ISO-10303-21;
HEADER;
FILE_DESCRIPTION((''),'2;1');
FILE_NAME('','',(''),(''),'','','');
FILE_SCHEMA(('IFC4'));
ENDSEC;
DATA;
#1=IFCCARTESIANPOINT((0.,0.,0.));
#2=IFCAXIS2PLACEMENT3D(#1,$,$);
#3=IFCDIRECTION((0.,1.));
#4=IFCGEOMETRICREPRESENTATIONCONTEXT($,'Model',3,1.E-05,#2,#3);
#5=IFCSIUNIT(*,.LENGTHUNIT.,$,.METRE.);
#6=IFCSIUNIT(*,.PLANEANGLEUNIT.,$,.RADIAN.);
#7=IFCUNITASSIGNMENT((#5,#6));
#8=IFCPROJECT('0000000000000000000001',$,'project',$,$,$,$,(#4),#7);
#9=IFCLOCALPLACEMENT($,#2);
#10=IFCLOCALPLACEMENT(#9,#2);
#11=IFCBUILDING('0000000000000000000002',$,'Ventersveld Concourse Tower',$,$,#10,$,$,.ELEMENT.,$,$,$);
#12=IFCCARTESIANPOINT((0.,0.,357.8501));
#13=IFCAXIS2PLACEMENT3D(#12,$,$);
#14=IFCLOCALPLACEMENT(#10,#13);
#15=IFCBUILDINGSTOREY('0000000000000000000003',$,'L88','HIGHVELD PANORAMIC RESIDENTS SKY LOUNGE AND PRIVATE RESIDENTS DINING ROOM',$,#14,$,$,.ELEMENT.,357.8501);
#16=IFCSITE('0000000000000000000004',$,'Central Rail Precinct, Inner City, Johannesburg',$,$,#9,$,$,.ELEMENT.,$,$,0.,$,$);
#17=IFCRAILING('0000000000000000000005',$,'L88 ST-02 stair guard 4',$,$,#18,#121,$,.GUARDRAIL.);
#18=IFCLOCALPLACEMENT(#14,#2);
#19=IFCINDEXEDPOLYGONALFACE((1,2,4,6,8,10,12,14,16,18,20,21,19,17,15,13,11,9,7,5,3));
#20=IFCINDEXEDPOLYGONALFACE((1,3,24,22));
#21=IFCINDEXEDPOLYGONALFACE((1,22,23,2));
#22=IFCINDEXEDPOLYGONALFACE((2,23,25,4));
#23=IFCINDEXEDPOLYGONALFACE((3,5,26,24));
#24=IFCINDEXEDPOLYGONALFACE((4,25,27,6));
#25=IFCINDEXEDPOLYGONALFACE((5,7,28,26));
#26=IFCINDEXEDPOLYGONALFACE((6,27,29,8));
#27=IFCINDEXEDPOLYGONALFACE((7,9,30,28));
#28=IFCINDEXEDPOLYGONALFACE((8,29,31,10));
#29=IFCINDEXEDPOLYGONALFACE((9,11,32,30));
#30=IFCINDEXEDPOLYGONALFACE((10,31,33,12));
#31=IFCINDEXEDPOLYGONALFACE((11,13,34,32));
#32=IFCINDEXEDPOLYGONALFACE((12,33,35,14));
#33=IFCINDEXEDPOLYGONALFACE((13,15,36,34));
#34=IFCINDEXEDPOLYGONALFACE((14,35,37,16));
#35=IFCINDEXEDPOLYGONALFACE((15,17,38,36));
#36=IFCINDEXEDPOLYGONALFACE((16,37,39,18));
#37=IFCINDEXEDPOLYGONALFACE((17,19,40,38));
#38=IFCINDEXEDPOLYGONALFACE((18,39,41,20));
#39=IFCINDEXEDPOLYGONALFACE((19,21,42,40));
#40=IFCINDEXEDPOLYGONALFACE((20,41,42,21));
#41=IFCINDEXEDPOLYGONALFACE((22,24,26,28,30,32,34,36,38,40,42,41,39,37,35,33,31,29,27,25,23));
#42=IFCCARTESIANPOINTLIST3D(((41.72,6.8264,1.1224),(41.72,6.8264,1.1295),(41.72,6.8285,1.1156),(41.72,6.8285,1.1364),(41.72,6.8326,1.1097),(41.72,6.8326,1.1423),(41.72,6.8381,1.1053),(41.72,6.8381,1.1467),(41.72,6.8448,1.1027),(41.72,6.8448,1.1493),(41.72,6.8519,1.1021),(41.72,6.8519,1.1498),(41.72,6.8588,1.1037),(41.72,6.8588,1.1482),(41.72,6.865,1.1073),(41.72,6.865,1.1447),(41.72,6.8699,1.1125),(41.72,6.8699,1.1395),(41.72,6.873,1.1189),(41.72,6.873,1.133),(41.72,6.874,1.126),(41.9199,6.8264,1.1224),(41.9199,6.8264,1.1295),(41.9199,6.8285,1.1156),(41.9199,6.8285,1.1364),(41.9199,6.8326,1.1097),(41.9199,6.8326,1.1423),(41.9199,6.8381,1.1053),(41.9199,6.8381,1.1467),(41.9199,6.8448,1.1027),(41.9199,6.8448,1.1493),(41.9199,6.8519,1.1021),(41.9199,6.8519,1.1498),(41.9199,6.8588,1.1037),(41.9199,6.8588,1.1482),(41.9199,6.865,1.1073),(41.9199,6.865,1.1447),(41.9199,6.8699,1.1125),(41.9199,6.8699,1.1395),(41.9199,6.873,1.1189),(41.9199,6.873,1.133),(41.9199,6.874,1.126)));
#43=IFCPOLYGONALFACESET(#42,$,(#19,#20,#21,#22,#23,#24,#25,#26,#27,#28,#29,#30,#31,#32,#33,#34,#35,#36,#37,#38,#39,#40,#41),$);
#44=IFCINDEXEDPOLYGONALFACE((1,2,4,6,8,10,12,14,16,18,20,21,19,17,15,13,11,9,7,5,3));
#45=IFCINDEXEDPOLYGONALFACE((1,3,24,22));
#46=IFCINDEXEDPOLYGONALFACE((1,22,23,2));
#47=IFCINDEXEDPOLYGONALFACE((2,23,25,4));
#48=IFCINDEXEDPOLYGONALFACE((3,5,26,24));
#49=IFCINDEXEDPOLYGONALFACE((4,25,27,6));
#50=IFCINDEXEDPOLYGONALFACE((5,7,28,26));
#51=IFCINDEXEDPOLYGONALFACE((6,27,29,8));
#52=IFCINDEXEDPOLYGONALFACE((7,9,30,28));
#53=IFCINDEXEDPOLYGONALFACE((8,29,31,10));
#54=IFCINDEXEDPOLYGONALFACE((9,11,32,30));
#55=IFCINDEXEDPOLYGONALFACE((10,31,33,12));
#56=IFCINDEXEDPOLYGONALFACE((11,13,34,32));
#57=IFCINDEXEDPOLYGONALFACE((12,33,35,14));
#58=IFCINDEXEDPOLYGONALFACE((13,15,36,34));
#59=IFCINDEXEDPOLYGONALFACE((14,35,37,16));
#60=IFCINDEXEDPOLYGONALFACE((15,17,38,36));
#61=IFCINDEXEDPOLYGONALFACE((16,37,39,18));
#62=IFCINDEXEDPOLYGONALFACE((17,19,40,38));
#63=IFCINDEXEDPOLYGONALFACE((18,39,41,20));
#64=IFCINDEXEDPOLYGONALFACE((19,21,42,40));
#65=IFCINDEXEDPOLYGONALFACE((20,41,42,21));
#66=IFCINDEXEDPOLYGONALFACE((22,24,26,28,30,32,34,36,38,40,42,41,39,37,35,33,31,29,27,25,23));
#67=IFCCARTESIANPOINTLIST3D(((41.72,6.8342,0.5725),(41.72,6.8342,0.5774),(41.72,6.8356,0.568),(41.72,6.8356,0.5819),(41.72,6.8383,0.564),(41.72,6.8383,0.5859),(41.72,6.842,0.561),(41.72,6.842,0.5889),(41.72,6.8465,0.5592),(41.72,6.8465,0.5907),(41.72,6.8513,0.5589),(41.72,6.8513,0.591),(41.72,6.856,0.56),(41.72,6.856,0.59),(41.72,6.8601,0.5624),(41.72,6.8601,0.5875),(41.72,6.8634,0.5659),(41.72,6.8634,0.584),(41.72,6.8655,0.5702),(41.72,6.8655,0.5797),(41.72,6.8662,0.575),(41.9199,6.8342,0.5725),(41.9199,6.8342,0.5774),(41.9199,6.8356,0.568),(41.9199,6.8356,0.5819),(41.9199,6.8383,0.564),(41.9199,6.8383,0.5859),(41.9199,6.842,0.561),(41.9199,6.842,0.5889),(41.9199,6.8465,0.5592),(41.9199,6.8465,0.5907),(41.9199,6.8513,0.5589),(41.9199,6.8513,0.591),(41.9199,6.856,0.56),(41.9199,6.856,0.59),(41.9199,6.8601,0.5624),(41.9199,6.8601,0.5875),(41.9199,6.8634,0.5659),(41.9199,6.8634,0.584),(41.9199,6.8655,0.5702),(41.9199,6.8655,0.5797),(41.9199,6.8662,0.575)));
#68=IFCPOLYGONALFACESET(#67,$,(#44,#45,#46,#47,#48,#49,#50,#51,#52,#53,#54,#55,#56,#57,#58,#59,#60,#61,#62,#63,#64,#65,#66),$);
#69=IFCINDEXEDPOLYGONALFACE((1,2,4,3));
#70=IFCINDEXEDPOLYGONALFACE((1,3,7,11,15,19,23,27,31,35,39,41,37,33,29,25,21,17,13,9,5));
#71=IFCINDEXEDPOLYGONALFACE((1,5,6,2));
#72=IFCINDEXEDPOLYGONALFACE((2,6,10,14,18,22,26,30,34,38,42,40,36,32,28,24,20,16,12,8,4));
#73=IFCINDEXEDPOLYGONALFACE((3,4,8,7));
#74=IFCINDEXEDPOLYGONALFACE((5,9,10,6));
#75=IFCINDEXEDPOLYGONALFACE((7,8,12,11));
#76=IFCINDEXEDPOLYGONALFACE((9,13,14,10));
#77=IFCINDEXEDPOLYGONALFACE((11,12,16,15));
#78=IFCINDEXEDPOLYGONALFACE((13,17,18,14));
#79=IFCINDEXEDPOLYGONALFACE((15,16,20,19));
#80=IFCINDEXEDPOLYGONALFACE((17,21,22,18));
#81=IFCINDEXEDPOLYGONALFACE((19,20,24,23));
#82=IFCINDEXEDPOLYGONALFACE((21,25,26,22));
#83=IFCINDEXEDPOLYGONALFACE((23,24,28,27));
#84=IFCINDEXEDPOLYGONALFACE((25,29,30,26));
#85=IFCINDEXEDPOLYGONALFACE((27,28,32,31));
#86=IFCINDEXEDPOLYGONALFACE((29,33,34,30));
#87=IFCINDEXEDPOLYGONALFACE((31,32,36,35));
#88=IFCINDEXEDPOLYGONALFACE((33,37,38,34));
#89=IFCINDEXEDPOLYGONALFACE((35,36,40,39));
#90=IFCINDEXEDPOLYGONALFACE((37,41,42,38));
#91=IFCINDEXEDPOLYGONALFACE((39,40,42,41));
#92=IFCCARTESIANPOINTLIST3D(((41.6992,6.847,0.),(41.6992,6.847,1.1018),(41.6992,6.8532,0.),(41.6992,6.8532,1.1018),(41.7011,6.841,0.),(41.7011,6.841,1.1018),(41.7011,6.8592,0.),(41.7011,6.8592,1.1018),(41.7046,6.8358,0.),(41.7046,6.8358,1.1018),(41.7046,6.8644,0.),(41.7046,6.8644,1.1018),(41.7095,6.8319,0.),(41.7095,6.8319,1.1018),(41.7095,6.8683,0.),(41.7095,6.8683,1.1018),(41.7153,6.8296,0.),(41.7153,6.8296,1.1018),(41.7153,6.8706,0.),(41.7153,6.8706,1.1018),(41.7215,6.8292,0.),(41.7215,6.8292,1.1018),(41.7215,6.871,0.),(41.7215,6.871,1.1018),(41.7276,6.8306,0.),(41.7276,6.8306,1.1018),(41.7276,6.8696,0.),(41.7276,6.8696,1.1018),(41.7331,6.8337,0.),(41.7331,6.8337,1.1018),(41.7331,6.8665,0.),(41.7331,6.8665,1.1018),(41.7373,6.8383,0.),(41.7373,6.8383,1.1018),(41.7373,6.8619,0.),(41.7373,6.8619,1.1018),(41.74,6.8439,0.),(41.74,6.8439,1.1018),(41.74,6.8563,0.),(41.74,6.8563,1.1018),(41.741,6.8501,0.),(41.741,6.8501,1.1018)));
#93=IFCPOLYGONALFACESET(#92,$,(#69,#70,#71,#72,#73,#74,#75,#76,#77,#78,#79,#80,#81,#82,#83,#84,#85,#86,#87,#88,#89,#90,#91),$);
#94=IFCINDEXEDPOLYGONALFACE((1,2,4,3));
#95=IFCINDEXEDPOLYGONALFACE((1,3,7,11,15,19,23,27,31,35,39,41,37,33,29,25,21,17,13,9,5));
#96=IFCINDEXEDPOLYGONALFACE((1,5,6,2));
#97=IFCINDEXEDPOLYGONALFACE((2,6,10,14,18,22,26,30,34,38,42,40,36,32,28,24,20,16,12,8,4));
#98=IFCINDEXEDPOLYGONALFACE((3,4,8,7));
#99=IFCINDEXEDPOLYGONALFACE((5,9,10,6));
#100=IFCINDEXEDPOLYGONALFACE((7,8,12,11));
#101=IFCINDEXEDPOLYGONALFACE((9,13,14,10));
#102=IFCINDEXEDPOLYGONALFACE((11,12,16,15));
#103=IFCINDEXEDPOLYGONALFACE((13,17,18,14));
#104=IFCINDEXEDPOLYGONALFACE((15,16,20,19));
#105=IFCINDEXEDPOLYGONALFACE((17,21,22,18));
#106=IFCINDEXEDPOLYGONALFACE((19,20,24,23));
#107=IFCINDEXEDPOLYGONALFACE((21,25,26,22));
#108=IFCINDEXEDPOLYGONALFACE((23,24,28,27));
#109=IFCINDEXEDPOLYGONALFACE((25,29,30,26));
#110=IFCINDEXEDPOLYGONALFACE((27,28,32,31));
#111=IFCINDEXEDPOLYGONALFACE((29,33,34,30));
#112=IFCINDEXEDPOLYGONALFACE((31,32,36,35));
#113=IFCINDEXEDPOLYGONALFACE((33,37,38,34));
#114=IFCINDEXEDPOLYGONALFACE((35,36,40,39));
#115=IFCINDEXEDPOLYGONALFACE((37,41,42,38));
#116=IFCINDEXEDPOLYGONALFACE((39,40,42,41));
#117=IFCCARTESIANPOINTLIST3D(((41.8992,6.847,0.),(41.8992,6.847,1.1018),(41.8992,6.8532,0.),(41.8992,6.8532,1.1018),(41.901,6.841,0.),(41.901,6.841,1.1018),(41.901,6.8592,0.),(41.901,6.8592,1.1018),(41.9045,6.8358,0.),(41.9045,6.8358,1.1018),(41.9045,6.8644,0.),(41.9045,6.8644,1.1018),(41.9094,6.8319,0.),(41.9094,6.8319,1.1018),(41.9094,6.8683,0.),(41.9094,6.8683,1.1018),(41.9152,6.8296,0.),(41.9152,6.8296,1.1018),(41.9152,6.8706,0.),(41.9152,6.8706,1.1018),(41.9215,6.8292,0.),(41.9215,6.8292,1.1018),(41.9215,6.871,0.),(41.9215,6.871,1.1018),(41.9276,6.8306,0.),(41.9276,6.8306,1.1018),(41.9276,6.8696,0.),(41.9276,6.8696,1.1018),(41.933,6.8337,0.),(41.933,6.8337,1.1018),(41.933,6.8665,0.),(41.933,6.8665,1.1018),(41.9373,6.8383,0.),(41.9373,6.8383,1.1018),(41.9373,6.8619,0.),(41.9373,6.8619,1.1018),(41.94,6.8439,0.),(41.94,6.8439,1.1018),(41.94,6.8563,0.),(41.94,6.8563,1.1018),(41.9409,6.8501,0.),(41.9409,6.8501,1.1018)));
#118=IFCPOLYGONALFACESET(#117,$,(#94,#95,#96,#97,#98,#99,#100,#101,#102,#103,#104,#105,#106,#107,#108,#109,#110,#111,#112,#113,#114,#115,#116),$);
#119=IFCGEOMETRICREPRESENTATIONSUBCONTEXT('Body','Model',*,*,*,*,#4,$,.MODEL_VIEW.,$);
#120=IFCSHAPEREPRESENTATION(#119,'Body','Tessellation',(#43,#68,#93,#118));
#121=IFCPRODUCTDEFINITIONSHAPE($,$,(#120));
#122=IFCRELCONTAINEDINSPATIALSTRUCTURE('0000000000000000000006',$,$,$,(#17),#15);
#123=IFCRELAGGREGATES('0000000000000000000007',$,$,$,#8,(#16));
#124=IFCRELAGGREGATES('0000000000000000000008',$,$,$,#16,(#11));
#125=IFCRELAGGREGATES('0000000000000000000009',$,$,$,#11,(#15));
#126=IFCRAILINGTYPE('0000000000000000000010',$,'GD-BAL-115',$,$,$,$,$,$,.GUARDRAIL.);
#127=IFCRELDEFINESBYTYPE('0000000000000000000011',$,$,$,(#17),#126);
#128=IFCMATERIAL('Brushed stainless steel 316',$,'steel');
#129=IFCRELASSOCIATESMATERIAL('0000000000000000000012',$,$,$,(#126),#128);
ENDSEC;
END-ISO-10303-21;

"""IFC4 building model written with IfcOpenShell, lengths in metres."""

from ifc_helpers import new_model, si_unit, direction, frame, origin, origin_2d, place, context, subcontext, project, spatial, circle, extrude, material, type_object, element, save


model = new_model("IFC4")

# Units and contexts
model_context = context("Model", 3, precision=1e-05, world=origin(), true_north=direction((0.0, 1.0)))
body_context = subcontext(model_context, "Body", "Model", "MODEL_VIEW")
ifc_project = project(units=[si_unit("LENGTHUNIT", "METRE"), si_unit("PLANEANGLEUNIT", "RADIAN")], contexts=[model_context])

# Site, building, storey
site_placement = place(None, origin())
site = spatial("IfcSite", under=ifc_project, at=site_placement, Name="Central Rail Precinct, Inner City, Johannesburg", CompositionType="ELEMENT", RefElevation=0.0)
building_placement = place(site_placement, origin())
building = spatial("IfcBuilding", under=site, at=building_placement, Name="Ventersveld Concourse Tower", CompositionType="ELEMENT")
storey_placement = place(building_placement, frame((0.0, 0.0, 357.8501)))
storey = spatial("IfcBuildingStorey", under=building, at=storey_placement, Name="L88", Description="HIGHVELD PANORAMIC RESIDENTS SKY LOUNGE AND PRIVATE RESIDENTS DINING ROOM", CompositionType="ELEMENT", Elevation=357.8501)

# Railing
ifc_material_1 = material(Name="Brushed stainless steel 316", Category="steel")
railing_type_1 = type_object("IfcRailingType", Name="GD-BAL-115", PredefinedType="GUARDRAIL", material=ifc_material_1)
railing_1_placement = place(storey_placement, frame((41.72, 6.8501, 0.0)))
element("IfcRailing", 1, at=railing_1_placement, inside=storey, type_object=railing_type_1, Name="L88 ST-02 stair guard 4", PredefinedType="GUARDRAIL", context=body_context, shape_type="SweptSolid", body=[
    extrude(circle(Radius=0.0239, at=origin_2d()), frame((0.0, 0.0, 1.126), z_axis=(1.0, 0.0, 0.0), x_axis=(0.0, 1.0, 0.0)), (0.0, 0.0, 1.0), 0.2),
    extrude(circle(Radius=0.0161, at=origin_2d()), frame((0.0, 0.0, 0.575), z_axis=(1.0, 0.0, 0.0), x_axis=(0.0, 1.0, 0.0)), (0.0, 0.0, 1.0), 0.2),
    extrude(circle(Radius=0.021, at=origin_2d()), origin(), (0.0, 0.0, 1.0), 1.1018),
    extrude(circle(Radius=0.021, at=origin_2d()), frame((0.2, 0.0, 0.0)), (0.0, 0.0, 1.0), 1.1018),
])

save(model, "model.ifc")
